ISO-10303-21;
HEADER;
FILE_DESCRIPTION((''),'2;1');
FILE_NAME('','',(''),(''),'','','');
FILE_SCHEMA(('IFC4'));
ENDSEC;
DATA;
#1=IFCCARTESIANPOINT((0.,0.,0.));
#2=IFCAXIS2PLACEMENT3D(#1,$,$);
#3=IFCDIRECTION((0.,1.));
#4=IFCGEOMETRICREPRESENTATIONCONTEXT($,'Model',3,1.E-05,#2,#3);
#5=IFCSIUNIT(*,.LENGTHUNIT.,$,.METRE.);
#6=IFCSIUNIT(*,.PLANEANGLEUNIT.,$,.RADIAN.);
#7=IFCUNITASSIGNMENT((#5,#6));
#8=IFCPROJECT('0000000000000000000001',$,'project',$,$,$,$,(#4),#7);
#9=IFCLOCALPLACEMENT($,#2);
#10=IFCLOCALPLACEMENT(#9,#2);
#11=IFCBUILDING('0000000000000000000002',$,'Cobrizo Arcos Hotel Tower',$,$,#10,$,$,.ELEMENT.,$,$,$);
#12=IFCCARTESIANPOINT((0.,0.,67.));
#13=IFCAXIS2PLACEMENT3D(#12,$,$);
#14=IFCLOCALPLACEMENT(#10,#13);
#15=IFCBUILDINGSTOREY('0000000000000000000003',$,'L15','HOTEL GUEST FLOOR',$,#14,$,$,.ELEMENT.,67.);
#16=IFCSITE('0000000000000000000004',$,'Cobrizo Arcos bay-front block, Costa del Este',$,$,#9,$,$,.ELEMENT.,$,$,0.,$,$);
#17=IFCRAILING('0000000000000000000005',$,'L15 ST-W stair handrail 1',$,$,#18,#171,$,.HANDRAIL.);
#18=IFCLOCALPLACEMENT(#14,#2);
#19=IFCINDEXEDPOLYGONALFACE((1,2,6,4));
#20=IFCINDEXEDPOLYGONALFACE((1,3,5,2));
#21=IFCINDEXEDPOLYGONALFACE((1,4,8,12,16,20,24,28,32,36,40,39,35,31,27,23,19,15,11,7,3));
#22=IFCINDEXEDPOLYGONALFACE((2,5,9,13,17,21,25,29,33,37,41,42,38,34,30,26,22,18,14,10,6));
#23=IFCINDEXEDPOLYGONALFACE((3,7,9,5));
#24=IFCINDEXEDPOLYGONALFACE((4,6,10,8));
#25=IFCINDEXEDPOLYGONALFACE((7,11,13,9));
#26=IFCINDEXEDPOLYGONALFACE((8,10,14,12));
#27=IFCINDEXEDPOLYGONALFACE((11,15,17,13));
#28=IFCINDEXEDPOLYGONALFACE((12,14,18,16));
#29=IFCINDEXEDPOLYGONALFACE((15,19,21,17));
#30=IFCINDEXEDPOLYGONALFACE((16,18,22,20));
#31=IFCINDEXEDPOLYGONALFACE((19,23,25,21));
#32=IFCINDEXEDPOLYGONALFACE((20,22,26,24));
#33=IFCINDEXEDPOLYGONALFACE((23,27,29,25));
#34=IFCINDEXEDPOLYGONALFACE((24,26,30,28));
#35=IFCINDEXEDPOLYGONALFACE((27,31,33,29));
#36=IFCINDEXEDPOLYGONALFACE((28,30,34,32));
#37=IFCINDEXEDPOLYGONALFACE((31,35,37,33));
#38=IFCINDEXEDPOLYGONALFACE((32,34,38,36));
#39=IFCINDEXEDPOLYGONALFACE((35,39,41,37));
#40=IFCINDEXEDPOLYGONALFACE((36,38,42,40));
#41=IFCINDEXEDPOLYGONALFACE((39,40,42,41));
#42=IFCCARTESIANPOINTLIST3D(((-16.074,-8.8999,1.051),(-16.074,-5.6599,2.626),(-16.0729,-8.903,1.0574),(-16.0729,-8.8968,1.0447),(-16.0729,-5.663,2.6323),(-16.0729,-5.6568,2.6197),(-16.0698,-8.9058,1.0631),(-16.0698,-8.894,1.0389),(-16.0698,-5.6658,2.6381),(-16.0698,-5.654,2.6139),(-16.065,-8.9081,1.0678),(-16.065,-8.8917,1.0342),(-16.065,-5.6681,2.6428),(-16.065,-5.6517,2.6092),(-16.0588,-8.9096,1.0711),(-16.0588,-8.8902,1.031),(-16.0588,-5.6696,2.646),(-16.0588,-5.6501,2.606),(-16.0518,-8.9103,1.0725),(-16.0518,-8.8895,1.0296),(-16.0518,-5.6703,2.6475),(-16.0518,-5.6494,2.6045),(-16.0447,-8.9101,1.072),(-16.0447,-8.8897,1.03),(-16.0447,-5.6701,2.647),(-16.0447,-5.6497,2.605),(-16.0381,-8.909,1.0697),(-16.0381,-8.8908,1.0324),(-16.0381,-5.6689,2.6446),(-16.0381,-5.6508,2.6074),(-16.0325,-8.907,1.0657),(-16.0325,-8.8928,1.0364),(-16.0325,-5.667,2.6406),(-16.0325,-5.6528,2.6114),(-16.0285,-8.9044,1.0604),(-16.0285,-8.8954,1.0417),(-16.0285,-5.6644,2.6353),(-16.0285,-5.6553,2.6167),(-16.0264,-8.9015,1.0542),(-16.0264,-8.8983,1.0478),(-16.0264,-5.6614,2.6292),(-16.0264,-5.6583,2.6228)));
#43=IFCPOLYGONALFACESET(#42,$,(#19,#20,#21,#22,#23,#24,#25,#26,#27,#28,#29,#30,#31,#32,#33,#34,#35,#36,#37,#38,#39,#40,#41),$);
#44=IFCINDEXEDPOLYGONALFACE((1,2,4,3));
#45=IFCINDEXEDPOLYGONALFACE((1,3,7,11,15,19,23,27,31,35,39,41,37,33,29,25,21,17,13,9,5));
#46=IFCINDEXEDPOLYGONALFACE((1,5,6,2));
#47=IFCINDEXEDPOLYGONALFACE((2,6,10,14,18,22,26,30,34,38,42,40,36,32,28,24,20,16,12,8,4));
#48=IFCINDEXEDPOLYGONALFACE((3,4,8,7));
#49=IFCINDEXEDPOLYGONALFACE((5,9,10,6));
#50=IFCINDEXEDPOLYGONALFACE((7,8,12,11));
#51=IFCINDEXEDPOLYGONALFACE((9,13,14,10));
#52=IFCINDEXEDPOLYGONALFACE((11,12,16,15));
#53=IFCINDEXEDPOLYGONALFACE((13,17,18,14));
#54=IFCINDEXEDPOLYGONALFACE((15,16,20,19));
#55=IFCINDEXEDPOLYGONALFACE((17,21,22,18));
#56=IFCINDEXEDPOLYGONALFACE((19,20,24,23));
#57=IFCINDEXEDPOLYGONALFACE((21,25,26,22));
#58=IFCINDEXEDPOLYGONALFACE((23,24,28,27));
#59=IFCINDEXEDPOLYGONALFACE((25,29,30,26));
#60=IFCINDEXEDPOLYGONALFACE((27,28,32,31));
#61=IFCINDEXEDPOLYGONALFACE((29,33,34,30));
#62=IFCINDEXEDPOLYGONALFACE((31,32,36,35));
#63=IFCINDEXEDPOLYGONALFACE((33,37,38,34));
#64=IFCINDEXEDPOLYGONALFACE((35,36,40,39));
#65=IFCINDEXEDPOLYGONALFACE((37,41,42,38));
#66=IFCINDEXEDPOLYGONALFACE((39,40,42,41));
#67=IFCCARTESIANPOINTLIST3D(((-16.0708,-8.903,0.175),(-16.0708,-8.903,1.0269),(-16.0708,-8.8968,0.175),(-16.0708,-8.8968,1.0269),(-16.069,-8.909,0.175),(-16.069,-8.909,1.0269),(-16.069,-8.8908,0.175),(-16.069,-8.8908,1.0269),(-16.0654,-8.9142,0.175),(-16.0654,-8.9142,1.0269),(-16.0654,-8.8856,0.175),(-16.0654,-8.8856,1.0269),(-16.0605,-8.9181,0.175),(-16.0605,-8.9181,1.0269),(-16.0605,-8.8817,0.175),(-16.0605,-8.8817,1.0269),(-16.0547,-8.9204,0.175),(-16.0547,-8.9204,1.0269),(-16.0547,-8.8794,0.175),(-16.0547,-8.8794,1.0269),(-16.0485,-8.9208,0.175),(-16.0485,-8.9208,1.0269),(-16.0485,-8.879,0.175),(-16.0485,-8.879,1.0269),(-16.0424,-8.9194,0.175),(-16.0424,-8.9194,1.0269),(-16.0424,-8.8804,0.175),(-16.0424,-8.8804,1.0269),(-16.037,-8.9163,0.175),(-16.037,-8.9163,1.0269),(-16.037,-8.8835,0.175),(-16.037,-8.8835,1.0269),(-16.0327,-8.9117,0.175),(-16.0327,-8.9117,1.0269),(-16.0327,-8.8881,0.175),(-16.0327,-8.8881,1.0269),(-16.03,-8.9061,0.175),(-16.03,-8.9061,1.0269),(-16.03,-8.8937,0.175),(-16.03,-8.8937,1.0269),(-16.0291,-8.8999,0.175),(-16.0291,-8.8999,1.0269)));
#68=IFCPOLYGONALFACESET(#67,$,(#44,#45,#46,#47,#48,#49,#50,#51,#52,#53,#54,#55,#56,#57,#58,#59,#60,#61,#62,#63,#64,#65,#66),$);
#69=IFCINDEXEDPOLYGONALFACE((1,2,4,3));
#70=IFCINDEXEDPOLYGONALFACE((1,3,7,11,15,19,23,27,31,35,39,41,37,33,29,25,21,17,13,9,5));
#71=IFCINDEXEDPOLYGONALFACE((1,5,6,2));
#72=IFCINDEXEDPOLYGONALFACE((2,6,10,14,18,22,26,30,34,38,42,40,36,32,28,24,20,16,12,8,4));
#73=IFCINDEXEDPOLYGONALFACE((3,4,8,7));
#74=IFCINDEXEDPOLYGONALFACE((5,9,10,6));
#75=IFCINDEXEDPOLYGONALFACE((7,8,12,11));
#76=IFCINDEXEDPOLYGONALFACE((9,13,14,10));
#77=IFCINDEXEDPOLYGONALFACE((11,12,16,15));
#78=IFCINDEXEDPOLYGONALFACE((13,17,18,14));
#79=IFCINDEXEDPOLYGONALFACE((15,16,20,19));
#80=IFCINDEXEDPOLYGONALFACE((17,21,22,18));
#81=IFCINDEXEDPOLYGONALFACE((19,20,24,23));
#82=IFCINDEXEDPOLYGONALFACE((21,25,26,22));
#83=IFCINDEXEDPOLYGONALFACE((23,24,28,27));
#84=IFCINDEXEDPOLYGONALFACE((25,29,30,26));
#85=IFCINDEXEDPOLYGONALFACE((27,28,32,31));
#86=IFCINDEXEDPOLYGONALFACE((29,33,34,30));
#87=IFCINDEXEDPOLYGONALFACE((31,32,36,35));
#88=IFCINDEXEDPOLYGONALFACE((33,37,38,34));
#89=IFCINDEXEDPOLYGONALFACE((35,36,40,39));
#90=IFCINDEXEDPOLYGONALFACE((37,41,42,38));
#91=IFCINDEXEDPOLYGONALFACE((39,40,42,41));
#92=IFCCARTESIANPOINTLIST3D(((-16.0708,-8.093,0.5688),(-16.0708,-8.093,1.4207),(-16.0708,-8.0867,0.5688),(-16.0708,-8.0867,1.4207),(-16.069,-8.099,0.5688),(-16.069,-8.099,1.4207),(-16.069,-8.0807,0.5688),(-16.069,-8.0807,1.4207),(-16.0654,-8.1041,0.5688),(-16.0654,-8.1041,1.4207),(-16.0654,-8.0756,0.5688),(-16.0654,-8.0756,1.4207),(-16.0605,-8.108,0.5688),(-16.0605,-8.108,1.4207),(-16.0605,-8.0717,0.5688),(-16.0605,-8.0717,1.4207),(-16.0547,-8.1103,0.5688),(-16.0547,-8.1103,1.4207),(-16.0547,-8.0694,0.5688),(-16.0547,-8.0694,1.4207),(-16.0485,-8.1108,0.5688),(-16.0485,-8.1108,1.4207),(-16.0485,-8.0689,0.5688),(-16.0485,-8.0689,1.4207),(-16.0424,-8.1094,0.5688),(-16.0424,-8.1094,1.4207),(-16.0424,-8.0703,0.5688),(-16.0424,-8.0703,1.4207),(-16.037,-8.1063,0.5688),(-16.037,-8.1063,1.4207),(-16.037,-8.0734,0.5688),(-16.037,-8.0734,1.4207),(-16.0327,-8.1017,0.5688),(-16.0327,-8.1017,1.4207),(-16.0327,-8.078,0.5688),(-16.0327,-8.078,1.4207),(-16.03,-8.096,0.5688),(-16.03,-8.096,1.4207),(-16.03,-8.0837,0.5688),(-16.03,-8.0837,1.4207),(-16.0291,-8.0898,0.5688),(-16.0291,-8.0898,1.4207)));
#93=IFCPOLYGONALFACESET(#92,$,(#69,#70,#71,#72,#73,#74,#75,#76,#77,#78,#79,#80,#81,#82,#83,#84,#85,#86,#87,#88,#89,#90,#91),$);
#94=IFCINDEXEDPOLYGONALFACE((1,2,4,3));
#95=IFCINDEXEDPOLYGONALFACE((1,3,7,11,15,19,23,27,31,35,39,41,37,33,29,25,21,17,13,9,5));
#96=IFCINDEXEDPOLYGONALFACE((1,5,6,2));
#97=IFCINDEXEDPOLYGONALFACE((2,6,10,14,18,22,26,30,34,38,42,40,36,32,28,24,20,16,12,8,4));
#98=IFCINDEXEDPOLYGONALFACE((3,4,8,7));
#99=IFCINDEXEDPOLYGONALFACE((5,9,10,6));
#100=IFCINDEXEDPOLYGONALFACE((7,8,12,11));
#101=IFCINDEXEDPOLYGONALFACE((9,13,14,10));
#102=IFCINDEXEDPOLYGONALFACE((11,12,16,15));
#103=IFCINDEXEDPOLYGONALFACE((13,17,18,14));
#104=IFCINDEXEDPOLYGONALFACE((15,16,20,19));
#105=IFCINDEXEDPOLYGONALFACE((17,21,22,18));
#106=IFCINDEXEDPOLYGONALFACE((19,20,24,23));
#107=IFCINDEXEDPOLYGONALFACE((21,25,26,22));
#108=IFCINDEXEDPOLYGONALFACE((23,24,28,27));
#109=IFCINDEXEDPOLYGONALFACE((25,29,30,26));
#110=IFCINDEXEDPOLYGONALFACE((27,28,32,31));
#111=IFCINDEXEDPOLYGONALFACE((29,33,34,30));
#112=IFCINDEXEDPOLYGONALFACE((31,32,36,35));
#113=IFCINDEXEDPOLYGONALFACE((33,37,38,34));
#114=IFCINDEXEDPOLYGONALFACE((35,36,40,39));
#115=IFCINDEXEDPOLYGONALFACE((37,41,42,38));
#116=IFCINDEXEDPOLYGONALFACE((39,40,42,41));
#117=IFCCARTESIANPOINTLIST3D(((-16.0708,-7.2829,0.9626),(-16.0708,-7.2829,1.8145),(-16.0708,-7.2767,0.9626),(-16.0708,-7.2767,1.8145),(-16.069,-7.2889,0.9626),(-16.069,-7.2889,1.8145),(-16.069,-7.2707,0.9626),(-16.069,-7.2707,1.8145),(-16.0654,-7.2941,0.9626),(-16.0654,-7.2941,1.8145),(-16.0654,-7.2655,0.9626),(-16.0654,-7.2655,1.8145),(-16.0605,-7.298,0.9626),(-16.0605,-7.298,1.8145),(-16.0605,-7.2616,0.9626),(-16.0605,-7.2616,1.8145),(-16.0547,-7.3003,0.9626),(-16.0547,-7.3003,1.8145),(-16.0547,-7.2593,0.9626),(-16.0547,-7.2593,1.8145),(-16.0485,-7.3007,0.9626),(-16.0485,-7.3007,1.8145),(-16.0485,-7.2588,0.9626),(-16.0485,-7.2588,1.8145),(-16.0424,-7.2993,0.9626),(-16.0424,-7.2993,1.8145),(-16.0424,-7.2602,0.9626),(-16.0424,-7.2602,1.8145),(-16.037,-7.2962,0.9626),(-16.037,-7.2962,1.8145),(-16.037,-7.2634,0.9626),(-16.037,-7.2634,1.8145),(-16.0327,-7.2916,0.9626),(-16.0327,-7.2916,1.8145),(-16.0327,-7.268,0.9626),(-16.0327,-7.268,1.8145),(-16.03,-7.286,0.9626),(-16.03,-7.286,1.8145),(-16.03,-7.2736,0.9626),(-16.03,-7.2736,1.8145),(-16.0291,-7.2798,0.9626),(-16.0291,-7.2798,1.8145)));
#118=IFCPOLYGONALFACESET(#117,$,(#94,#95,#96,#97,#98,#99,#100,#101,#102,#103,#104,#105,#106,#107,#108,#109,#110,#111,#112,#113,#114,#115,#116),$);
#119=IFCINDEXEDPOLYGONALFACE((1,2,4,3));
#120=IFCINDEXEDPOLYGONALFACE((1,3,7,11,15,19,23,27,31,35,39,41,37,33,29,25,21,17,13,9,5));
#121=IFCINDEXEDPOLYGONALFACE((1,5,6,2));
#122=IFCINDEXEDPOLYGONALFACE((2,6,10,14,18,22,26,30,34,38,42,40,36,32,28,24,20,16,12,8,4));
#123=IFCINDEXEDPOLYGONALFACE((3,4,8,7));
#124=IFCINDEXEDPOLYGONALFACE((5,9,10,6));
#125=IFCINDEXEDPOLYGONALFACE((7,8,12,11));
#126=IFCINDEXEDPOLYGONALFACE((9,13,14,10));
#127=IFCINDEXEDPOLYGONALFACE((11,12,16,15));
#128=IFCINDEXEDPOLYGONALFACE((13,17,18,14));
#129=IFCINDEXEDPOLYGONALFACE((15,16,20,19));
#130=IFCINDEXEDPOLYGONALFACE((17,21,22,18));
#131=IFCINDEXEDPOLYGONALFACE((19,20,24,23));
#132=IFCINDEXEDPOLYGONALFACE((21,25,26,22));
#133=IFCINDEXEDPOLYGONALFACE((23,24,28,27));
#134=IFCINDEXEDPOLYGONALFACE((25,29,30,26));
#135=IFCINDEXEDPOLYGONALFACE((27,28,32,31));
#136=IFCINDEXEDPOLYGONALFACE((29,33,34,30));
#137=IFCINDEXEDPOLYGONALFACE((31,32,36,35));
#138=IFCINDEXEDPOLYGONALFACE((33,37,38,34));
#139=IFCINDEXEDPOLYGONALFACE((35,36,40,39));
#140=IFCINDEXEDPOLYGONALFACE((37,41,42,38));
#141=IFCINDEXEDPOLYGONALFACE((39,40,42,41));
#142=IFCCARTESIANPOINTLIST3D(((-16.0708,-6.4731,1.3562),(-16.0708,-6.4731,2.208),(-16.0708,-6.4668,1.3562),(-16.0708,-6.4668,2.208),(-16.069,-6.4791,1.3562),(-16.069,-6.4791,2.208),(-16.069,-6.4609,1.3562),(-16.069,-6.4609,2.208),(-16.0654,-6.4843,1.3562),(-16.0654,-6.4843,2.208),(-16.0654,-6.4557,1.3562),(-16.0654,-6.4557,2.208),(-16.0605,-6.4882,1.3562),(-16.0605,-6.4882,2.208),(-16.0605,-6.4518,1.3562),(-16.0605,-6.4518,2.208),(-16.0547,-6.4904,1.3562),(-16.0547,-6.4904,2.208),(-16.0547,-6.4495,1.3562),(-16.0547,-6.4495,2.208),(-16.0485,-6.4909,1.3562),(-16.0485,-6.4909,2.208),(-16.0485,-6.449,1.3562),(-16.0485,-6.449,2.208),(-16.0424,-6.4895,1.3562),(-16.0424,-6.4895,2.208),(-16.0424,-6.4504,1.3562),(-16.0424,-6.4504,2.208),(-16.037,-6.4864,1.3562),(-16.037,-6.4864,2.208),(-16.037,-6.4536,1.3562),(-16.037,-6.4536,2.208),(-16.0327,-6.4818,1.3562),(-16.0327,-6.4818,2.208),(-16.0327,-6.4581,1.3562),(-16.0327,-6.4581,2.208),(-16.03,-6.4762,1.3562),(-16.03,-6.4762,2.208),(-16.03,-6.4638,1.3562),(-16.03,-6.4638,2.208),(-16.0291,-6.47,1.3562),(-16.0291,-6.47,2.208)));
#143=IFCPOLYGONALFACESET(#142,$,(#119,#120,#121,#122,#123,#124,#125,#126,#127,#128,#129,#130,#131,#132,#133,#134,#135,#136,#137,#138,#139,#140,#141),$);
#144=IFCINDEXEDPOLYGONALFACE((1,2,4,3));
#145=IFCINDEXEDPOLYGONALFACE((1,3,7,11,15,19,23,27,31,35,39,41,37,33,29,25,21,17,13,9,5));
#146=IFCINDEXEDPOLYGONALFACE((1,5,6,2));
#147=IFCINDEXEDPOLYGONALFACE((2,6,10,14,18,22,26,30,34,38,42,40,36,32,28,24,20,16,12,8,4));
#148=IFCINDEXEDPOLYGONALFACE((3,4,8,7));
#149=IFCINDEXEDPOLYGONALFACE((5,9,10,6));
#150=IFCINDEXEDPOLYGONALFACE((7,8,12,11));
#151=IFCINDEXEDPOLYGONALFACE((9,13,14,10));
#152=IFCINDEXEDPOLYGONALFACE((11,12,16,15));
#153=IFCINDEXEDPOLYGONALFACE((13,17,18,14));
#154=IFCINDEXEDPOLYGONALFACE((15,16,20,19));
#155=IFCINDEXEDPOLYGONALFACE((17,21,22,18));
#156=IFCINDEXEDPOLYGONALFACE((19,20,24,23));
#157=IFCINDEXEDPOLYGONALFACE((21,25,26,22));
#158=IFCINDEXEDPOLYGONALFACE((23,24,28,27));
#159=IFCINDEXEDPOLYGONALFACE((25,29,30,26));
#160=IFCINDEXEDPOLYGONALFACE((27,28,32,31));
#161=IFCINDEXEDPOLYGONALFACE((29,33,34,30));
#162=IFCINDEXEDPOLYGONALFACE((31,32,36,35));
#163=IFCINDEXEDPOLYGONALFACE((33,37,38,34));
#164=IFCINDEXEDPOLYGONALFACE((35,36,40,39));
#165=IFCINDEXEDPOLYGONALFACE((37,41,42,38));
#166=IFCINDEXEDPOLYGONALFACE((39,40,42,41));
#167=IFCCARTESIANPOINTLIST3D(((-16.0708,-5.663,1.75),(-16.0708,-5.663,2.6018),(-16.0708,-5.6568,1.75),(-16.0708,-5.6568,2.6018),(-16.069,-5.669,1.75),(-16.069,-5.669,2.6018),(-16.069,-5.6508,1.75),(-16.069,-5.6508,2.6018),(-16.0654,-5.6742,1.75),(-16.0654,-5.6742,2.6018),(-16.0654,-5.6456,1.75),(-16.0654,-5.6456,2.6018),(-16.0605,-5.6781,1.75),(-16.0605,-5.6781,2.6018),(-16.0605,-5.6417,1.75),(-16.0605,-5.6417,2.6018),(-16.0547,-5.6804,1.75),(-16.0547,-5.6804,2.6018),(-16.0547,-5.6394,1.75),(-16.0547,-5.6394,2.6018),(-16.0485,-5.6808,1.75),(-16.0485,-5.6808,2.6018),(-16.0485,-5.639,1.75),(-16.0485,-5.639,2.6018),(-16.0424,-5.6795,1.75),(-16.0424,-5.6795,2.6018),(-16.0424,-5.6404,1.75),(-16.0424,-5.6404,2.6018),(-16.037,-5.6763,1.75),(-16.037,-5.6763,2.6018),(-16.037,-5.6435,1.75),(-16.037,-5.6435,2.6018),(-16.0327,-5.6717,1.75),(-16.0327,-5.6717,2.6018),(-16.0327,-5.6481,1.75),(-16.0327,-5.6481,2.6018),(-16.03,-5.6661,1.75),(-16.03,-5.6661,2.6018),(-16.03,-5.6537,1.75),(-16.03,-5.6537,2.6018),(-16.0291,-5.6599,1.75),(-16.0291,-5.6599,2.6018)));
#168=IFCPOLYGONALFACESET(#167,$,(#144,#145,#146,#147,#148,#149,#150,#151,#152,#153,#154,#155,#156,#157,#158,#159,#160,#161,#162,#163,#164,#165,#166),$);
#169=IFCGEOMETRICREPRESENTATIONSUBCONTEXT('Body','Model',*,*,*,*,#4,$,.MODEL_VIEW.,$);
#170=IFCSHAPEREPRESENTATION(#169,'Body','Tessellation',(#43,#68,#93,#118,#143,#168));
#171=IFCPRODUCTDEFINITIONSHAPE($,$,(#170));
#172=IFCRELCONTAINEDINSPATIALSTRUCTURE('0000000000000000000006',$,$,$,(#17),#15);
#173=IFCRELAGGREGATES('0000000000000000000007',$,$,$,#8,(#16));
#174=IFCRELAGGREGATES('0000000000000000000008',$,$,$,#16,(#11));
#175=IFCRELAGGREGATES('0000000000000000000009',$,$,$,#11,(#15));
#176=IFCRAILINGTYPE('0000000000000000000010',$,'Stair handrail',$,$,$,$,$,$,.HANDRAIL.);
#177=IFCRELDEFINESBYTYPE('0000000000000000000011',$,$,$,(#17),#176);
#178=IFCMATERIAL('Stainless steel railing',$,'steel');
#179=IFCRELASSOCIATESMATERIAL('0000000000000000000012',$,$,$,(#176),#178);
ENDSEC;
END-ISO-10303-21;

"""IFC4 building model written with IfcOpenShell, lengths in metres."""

from ifc_helpers import new_model, si_unit, direction, frame, origin, origin_2d, place, context, subcontext, project, spatial, circle, extrude, material, type_object, element, save


model = new_model("IFC4")

# Units and contexts
model_context = context("Model", 3, precision=1e-05, world=origin(), true_north=direction((0.0, 1.0)))
body_context = subcontext(model_context, "Body", "Model", "MODEL_VIEW")
ifc_project = project(units=[si_unit("LENGTHUNIT", "METRE"), si_unit("PLANEANGLEUNIT", "RADIAN")], contexts=[model_context])

# Site, building, storey
site_placement = place(None, origin())
site = spatial("IfcSite", under=ifc_project, at=site_placement, Name="Cobrizo Arcos bay-front block, Costa del Este", CompositionType="ELEMENT", RefElevation=0.0)
building_placement = place(site_placement, origin())
building = spatial("IfcBuilding", under=site, at=building_placement, Name="Cobrizo Arcos Hotel Tower", CompositionType="ELEMENT")
storey_placement = place(building_placement, frame((0.0, 0.0, 67.0)))
storey = spatial("IfcBuildingStorey", under=building, at=storey_placement, Name="L15", Description="HOTEL GUEST FLOOR", CompositionType="ELEMENT", Elevation=67.0)

# Railing
ifc_material_1 = material(Name="Stainless steel railing", Category="steel")
railing_type_1 = type_object("IfcRailingType", Name="Stair handrail", PredefinedType="HANDRAIL", material=ifc_material_1)
railing_1_placement = place(storey_placement, frame((-16.05, -8.8999, 0.175)))
element("IfcRailing", 1, at=railing_1_placement, inside=storey, type_object=railing_type_1, Name="L15 ST-W stair handrail 1", PredefinedType="HANDRAIL", context=body_context, shape_type="SweptSolid", body=[
    extrude(circle(Radius=0.0239, at=origin_2d()), frame((0.0, 0.0, 0.876), z_axis=(0.0, 0.899373, 0.437183), x_axis=(-1.0, 0.0, 0.0)), (0.0, 0.0, 1.0), 3.6025),
    extrude(circle(Radius=0.021, at=origin_2d()), origin(), (0.0, 0.0, 1.0), 0.8518),
    extrude(circle(Radius=0.021, at=origin_2d()), frame((0.0, 0.8101, 0.3938)), (0.0, 0.0, 1.0), 0.8518),
    extrude(circle(Radius=0.021, at=origin_2d()), frame((0.0, 1.6201, 0.7876)), (0.0, 0.0, 1.0), 0.8518),
    extrude(circle(Radius=0.021, at=origin_2d()), frame((0.0, 2.4299, 1.1812)), (0.0, 0.0, 1.0), 0.8518),
    extrude(circle(Radius=0.021, at=origin_2d()), frame((0.0, 3.24, 1.575)), (0.0, 0.0, 1.0), 0.8518),
])

save(model, "model.ifc")
